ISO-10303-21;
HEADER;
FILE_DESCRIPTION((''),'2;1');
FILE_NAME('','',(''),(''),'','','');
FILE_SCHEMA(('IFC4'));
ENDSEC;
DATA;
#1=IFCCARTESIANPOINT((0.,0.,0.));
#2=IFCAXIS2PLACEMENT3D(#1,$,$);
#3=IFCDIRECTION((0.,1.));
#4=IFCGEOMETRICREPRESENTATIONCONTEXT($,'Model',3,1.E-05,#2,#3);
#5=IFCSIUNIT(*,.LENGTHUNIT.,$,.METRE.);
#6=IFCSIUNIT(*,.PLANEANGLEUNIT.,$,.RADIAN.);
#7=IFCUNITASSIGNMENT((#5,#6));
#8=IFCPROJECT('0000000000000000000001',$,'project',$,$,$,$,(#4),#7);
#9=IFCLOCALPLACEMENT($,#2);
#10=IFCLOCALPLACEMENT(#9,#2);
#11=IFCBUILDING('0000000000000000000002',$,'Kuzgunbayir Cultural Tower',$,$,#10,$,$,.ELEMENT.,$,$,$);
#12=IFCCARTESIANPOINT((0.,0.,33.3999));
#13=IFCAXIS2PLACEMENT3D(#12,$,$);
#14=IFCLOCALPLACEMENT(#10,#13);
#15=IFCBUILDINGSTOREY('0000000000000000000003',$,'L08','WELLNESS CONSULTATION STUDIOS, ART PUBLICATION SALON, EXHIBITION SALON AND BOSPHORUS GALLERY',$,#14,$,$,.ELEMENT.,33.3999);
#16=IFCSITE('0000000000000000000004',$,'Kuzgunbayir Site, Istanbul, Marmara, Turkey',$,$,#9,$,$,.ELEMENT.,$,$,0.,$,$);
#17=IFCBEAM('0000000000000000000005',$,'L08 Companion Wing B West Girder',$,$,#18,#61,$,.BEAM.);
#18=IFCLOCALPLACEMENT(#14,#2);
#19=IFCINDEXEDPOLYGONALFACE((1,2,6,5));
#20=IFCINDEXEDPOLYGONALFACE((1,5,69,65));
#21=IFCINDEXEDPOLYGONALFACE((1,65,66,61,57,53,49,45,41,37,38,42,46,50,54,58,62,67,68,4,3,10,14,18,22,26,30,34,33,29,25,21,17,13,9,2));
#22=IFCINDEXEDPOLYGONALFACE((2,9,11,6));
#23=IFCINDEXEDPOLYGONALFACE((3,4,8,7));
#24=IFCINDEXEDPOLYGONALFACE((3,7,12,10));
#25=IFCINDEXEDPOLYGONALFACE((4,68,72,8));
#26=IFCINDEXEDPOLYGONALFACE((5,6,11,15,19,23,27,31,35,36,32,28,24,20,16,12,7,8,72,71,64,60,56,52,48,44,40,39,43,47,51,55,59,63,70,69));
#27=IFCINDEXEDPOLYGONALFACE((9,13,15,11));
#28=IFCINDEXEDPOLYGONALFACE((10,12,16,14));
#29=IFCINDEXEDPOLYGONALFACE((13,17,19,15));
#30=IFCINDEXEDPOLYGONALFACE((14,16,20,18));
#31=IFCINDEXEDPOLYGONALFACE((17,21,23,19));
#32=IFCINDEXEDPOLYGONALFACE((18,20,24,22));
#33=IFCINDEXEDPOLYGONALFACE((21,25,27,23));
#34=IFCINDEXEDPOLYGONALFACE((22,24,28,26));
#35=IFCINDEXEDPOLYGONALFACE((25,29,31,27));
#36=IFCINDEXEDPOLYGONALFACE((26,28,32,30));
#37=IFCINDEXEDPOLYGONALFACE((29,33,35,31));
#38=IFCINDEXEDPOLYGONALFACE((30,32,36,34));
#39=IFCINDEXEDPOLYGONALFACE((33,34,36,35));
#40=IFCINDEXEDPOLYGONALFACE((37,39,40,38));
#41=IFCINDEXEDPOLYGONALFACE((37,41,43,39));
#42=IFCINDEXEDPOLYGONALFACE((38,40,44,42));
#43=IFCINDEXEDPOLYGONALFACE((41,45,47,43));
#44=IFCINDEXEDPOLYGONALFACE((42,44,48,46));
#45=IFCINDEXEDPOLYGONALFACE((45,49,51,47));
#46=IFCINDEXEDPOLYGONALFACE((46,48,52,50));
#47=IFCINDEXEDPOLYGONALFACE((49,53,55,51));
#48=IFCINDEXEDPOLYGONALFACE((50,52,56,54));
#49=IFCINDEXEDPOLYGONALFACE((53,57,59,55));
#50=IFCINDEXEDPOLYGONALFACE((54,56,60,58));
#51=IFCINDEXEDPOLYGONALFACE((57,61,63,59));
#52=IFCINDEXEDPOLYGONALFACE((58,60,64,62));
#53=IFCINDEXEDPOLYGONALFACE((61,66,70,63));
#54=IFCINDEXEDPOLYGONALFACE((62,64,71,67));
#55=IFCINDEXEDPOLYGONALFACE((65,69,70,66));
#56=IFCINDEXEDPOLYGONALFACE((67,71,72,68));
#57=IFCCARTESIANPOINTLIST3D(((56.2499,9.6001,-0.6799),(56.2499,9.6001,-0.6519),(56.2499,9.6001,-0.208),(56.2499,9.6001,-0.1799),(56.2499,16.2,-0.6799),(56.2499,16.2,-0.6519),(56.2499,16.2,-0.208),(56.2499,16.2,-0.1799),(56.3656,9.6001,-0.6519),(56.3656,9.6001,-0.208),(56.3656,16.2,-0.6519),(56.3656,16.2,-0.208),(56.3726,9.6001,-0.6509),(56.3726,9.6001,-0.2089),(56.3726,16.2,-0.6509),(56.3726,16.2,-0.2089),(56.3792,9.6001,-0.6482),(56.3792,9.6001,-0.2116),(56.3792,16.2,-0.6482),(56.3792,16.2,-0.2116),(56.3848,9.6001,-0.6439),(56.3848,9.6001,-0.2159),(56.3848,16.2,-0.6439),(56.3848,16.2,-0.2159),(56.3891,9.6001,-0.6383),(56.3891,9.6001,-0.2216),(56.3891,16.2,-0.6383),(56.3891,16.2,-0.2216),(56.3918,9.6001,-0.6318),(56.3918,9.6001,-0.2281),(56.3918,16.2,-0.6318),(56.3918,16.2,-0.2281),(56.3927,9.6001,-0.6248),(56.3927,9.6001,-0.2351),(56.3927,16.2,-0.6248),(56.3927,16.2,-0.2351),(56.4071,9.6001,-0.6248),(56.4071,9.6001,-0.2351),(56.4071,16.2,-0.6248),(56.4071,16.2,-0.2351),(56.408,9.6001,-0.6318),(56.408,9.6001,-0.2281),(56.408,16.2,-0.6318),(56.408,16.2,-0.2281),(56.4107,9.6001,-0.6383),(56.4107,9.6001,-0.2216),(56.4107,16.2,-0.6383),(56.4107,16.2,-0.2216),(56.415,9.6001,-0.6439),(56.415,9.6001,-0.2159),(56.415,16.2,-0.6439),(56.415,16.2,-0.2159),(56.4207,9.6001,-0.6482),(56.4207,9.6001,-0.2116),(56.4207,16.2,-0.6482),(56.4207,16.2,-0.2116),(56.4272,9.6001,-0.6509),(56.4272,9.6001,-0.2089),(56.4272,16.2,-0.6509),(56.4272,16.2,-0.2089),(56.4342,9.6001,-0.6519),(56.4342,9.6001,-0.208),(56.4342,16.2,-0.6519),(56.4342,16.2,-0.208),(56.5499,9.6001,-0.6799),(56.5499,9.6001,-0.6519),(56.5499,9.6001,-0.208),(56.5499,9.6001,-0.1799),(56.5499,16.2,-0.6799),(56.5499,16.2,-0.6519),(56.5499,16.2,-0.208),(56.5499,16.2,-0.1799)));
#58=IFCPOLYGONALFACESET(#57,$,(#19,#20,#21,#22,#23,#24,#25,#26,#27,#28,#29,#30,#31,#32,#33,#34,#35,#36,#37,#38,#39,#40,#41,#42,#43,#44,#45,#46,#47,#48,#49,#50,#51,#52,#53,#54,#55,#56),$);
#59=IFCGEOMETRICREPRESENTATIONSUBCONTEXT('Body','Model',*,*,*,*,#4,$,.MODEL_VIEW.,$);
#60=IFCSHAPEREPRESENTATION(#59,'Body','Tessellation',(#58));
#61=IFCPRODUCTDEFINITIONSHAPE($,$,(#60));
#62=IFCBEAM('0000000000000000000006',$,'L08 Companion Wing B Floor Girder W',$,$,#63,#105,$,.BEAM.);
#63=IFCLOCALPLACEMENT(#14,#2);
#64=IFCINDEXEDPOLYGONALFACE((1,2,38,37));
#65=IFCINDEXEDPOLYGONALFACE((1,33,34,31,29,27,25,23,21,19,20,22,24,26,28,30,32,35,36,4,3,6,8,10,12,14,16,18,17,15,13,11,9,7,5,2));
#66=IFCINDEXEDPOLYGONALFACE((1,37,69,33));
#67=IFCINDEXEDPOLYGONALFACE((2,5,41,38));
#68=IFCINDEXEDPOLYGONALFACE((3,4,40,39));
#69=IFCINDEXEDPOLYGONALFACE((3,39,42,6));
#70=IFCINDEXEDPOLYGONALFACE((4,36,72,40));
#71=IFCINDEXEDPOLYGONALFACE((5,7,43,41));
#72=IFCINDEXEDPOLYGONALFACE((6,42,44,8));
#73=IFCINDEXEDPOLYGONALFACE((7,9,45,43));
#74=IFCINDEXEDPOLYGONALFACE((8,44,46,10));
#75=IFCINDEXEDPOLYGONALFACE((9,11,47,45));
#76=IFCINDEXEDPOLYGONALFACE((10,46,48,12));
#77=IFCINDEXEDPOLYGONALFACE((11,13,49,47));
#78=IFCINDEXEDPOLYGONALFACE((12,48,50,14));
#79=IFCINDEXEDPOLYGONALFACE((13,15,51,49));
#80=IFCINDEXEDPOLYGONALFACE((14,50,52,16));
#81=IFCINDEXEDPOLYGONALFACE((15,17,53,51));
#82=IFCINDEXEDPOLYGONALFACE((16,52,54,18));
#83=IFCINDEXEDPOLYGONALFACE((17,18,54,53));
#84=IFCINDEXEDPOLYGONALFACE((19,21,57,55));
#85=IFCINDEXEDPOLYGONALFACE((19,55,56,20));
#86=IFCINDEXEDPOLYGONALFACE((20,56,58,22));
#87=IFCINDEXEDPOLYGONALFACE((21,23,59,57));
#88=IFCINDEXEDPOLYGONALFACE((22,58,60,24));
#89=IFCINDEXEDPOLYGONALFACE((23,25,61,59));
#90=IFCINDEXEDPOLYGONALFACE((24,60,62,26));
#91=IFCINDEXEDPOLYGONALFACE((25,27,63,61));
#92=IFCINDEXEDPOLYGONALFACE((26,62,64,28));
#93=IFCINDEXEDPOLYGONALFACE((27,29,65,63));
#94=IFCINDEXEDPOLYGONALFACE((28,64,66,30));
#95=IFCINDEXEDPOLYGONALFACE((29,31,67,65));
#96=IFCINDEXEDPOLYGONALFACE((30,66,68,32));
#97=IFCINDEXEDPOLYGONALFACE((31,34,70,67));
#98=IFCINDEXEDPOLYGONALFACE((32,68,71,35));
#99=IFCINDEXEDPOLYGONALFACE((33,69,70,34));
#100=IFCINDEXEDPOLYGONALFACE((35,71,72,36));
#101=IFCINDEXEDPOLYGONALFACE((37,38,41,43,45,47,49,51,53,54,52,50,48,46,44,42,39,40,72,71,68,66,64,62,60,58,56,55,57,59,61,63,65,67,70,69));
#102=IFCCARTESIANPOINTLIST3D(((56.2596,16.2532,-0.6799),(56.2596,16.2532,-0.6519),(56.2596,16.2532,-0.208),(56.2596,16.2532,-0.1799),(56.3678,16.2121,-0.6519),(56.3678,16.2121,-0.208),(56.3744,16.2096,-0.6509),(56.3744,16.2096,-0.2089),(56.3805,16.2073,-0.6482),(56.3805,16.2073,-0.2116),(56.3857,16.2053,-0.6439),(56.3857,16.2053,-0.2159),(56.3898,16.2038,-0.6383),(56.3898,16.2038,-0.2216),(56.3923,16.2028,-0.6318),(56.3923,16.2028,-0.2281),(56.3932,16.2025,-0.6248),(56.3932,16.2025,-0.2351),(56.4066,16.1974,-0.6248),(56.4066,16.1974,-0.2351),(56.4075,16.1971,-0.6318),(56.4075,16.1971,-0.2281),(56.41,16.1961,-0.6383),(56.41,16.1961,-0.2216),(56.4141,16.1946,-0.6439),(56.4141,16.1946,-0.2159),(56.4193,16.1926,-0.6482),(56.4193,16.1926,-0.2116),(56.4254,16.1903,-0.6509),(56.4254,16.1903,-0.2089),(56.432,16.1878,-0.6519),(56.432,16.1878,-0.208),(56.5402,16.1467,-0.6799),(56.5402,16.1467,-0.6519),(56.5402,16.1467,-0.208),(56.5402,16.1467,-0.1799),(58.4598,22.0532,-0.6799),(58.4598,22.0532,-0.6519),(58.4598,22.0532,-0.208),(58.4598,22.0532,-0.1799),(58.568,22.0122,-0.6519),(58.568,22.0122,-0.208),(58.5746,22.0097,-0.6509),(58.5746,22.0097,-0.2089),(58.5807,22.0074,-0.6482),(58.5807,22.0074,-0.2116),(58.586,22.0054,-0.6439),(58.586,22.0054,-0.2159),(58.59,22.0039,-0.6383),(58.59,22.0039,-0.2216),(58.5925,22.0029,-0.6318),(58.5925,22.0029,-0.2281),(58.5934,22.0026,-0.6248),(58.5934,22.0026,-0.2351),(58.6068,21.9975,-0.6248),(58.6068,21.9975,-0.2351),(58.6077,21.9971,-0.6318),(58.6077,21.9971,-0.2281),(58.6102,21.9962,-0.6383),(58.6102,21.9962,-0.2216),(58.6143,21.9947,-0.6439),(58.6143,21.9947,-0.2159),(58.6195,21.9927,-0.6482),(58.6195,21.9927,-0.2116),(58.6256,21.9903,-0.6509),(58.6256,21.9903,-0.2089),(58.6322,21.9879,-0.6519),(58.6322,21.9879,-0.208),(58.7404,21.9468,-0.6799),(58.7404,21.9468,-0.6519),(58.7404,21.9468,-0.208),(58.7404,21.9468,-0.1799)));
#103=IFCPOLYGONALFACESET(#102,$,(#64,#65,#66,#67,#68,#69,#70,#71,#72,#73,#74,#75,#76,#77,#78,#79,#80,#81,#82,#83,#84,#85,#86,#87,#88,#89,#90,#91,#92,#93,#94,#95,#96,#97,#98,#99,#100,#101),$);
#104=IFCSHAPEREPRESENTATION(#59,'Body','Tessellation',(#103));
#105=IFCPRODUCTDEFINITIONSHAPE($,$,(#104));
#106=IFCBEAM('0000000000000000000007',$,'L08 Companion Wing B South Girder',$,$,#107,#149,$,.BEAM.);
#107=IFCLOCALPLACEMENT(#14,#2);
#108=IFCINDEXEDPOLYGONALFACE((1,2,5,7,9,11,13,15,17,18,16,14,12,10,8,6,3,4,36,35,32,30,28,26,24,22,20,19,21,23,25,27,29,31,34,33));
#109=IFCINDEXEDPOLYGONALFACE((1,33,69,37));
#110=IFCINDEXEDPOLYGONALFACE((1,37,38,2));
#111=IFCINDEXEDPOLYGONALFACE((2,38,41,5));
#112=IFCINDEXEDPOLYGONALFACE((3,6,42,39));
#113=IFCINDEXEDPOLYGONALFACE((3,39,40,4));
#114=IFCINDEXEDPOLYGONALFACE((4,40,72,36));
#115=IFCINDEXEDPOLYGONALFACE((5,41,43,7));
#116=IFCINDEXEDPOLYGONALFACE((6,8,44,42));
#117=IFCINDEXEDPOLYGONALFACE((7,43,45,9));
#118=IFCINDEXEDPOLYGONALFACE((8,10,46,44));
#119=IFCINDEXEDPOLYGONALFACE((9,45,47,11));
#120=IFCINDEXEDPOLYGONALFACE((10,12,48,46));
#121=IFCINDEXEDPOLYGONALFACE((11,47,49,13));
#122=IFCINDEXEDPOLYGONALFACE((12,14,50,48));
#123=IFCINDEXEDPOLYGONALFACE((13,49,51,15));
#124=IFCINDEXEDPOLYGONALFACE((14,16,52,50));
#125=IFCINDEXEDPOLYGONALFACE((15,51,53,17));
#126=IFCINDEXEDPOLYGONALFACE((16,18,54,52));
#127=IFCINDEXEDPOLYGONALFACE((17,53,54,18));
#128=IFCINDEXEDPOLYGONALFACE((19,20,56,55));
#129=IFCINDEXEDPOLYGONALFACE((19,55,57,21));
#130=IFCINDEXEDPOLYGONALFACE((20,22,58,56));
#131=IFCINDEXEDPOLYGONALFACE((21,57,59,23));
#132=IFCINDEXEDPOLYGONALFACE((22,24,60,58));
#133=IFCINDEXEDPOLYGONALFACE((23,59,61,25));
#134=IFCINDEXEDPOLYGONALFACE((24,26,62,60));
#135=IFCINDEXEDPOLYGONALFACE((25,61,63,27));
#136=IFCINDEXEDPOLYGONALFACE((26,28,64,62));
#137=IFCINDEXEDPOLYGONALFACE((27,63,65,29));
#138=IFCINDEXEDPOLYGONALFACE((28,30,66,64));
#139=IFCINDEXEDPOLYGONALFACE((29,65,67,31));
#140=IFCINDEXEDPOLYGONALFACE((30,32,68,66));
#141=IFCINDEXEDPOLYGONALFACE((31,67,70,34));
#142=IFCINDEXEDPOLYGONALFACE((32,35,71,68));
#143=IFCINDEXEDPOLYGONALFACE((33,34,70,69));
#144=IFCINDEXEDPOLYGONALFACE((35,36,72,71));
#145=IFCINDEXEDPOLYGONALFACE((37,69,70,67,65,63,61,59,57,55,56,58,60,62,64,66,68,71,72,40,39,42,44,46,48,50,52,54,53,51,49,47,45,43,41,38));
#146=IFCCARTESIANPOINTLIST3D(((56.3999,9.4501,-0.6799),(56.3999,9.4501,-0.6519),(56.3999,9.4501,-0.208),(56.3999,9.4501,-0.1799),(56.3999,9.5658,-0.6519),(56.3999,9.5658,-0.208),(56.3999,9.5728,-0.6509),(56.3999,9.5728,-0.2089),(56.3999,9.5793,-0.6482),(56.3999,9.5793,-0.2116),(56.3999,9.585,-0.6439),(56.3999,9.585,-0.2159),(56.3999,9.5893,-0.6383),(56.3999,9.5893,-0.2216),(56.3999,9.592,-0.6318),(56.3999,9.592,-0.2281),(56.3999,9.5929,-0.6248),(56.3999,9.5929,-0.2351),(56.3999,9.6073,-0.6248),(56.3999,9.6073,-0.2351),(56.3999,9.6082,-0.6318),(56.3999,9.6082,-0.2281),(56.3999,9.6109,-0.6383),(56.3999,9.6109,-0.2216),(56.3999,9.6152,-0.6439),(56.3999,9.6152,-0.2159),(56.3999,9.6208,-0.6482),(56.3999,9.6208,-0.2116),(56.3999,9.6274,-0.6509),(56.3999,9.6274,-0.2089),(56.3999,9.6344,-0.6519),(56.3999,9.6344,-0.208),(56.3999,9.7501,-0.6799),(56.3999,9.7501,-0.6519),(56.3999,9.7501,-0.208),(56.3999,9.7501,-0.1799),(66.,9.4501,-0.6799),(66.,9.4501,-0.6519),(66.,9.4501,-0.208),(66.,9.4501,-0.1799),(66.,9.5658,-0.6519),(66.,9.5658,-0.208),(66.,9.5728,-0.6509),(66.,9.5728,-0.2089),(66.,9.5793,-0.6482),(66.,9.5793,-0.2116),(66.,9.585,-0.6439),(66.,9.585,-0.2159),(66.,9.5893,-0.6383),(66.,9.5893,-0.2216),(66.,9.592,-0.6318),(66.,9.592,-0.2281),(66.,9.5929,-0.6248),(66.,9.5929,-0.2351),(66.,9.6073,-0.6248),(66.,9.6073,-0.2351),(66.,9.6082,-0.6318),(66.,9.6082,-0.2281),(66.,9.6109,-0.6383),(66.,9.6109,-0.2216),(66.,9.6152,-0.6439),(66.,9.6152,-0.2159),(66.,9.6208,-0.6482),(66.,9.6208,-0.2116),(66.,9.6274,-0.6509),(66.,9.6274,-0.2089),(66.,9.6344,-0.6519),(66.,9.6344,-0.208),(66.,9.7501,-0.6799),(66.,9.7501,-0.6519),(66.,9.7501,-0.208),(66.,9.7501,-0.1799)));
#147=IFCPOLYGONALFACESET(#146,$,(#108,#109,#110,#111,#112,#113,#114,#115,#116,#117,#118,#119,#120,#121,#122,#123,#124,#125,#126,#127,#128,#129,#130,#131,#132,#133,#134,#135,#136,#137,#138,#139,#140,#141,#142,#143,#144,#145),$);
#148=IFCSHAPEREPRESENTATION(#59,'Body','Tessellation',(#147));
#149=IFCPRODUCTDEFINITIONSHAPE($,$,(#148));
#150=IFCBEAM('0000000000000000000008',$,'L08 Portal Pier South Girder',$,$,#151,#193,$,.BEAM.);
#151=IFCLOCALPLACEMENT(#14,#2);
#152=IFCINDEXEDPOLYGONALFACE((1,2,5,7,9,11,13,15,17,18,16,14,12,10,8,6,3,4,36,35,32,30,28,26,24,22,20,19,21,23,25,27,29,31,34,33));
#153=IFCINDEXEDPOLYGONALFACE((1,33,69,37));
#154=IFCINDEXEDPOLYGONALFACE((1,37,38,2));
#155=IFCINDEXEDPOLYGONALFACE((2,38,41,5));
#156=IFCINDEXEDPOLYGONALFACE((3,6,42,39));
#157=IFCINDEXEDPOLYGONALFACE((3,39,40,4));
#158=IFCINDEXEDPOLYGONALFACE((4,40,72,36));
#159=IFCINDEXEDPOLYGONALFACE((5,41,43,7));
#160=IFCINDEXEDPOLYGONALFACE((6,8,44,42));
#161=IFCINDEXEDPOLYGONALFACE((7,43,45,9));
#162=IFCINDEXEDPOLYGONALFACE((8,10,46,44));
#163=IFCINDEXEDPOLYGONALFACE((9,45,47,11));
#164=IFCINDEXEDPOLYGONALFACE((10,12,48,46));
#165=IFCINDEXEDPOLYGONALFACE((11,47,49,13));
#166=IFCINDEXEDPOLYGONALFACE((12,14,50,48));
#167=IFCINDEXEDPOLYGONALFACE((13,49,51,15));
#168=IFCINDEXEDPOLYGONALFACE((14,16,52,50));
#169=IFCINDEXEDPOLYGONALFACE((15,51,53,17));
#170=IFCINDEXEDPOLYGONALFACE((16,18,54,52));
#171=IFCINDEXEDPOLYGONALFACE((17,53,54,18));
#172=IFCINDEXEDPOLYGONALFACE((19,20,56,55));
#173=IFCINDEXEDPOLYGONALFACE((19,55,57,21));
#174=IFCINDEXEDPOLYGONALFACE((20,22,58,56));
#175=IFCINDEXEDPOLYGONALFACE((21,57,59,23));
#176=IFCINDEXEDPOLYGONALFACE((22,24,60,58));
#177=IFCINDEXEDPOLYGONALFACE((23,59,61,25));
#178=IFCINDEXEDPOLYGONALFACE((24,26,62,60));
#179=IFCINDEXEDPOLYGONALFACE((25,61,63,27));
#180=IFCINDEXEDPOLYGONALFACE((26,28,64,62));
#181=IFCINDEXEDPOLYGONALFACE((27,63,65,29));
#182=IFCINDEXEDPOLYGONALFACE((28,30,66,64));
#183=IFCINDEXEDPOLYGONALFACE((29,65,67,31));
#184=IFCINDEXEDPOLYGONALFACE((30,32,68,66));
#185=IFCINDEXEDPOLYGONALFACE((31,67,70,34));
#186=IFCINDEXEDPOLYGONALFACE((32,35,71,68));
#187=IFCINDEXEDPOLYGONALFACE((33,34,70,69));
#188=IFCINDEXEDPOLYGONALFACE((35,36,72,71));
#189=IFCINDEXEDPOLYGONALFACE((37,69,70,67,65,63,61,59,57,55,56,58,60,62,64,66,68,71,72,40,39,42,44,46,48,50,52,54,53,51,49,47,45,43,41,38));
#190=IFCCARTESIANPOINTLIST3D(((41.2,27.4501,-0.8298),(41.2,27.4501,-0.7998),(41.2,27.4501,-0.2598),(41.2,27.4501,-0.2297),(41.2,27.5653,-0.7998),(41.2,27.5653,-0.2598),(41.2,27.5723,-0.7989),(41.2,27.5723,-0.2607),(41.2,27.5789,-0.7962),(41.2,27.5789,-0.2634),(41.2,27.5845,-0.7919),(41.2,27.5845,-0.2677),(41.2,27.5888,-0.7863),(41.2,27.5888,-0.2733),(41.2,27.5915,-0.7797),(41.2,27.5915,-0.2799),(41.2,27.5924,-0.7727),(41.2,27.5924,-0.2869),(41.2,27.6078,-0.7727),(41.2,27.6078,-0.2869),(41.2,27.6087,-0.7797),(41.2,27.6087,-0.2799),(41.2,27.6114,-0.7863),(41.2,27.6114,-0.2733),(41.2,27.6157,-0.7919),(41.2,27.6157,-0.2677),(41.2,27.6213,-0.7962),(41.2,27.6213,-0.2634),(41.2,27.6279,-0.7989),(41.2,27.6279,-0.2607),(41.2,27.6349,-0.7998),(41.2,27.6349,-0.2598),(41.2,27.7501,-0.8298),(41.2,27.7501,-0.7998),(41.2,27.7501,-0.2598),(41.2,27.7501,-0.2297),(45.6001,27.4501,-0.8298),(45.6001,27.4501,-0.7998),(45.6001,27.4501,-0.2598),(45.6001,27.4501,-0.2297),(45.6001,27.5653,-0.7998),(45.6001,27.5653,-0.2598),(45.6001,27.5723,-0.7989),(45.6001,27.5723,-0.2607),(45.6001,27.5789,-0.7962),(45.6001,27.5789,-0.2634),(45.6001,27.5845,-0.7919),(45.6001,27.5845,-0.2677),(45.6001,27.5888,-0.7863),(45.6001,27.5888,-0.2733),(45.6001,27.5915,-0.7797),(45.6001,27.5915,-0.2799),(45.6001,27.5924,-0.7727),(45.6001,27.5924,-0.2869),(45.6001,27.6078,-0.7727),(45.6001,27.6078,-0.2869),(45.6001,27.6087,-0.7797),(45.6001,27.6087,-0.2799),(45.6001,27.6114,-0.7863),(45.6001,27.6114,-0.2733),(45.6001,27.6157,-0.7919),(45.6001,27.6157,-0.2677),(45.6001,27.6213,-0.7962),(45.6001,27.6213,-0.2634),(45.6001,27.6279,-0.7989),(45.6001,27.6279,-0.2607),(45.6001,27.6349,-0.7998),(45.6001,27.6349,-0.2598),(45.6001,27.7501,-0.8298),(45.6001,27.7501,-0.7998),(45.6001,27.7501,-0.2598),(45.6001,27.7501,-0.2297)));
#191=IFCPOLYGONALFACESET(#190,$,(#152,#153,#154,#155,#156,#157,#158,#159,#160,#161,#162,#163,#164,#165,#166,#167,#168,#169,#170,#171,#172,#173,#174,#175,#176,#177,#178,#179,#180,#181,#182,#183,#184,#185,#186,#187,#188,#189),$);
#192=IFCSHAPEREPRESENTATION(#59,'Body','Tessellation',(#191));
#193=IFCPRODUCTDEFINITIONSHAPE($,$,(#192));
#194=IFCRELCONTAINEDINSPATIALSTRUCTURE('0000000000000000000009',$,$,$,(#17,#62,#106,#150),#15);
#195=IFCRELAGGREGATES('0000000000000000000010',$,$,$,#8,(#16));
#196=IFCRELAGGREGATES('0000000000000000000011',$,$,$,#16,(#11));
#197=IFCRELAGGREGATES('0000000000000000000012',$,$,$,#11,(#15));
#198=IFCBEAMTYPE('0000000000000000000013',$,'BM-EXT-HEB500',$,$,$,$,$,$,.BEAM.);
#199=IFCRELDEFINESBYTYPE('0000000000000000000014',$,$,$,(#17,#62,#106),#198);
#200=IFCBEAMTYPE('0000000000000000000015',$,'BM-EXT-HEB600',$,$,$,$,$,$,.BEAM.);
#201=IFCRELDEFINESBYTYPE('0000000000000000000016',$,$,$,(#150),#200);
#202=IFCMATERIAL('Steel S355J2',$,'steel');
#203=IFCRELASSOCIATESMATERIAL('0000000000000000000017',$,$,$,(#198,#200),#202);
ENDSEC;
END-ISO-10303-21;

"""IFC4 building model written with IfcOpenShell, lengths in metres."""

from ifc_helpers import new_model, si_unit, direction, frame, origin, origin_2d, place, context, subcontext, project, spatial, i_section, extrude, material, material_profile, profile_set, type_object, element, save


model = new_model("IFC4")

# Units and contexts
model_context = context("Model", 3, precision=1e-05, world=origin(), true_north=direction((0.0, 1.0)))
body_context = subcontext(model_context, "Body", "Model", "MODEL_VIEW")
ifc_project = project(units=[si_unit("LENGTHUNIT", "METRE"), si_unit("PLANEANGLEUNIT", "RADIAN")], contexts=[model_context])

# Site, building, storey
site_placement = place(None, origin())
site = spatial("IfcSite", under=ifc_project, at=site_placement, Name="Kuzgunbayir Site, Istanbul, Marmara, Turkey", CompositionType="ELEMENT", RefElevation=0.0)
building_placement = place(site_placement, origin())
building = spatial("IfcBuilding", under=site, at=building_placement, Name="Kuzgunbayir Cultural Tower", CompositionType="ELEMENT")
storey_placement = place(building_placement, frame((0.0, 0.0, 33.3999)))
storey = spatial("IfcBuildingStorey", under=building, at=storey_placement, Name="L08", Description="WELLNESS CONSULTATION STUDIOS, ART PUBLICATION SALON, EXHIBITION SALON AND BOSPHORUS GALLERY", CompositionType="ELEMENT", Elevation=33.3999)

# Beams
ifc_material_1 = material(Name="Steel S355J2", Category="steel")
ifc_material_profile_1 = material_profile(ifc_material_1, i_section(OverallWidth=0.3, OverallDepth=0.5, WebThickness=0.0144, FlangeThickness=0.0281, FilletRadius=0.0271, at=origin_2d()), Name="HEB 500")
ifc_profile_set_1 = profile_set([ifc_material_profile_1], Name="Steel S355J2")
beam_type_1 = type_object("IfcBeamType", Name="BM-EXT-HEB500", PredefinedType="BEAM", material=ifc_profile_set_1)
beam_1_placement = place(storey_placement, frame((56.3999, 9.6001, -0.4299), z_axis=(0.0, 1.0, 0.0), x_axis=(-1.0, 0.0, 0.0)))
element("IfcBeam", 1, at=beam_1_placement, inside=storey, type_object=beam_type_1, Name="L08 Companion Wing B West Girder", PredefinedType="BEAM", context=body_context, shape_type="SweptSolid", body=[
    extrude(i_section(OverallWidth=0.3, OverallDepth=0.5, WebThickness=0.0144, FlangeThickness=0.0281, FilletRadius=0.0271, at=origin_2d()), origin(), (0.0, 0.0, 1.0), 6.5999),
])
beam_2_placement = place(storey_placement, frame((56.3999, 16.2, -0.4299), z_axis=(0.354679, 0.934988, 0.0), x_axis=(-0.934988, 0.354679, 0.0)))
element("IfcBeam", 2, at=beam_2_placement, inside=storey, type_object=beam_type_1, Name="L08 Companion Wing B Floor Girder W", PredefinedType="BEAM", context=body_context, shape_type="SweptSolid", body=[
    extrude(i_section(OverallWidth=0.3, OverallDepth=0.5, WebThickness=0.0144, FlangeThickness=0.0281, FilletRadius=0.0271, at=origin_2d()), origin(), (0.0, 0.0, 1.0), 6.2034),
])
beam_3_placement = place(storey_placement, frame((56.3999, 9.6001, -0.4299), z_axis=(1.0, 0.0, 0.0), x_axis=(0.0, 1.0, 0.0)))
element("IfcBeam", 3, at=beam_3_placement, inside=storey, type_object=beam_type_1, Name="L08 Companion Wing B South Girder", PredefinedType="BEAM", context=body_context, shape_type="SweptSolid", body=[
    extrude(i_section(OverallWidth=0.3, OverallDepth=0.5, WebThickness=0.0144, FlangeThickness=0.0281, FilletRadius=0.0271, at=origin_2d()), origin(), (0.0, 0.0, 1.0), 9.6001),
])
ifc_material_profile_2 = material_profile(ifc_material_1, i_section(OverallWidth=0.3, OverallDepth=0.6001, WebThickness=0.0154, FlangeThickness=0.03, FilletRadius=0.0271, at=origin_2d()), Name="HEB 600")
ifc_profile_set_2 = profile_set([ifc_material_profile_2], Name="Steel S355J2")
beam_type_2 = type_object("IfcBeamType", Name="BM-EXT-HEB600", PredefinedType="BEAM", material=ifc_profile_set_2)
beam_4_placement = place(storey_placement, frame((41.2, 27.6001, -0.5298), z_axis=(1.0, 0.0, 0.0), x_axis=(0.0, 1.0, 0.0)))
element("IfcBeam", 4, at=beam_4_placement, inside=storey, type_object=beam_type_2, Name="L08 Portal Pier South Girder", PredefinedType="BEAM", context=body_context, shape_type="SweptSolid", body=[
    extrude(i_section(OverallWidth=0.3, OverallDepth=0.6001, WebThickness=0.0154, FlangeThickness=0.03, FilletRadius=0.0271, at=origin_2d()), origin(), (0.0, 0.0, 1.0), 4.4001),
])

save(model, "model.ifc")
